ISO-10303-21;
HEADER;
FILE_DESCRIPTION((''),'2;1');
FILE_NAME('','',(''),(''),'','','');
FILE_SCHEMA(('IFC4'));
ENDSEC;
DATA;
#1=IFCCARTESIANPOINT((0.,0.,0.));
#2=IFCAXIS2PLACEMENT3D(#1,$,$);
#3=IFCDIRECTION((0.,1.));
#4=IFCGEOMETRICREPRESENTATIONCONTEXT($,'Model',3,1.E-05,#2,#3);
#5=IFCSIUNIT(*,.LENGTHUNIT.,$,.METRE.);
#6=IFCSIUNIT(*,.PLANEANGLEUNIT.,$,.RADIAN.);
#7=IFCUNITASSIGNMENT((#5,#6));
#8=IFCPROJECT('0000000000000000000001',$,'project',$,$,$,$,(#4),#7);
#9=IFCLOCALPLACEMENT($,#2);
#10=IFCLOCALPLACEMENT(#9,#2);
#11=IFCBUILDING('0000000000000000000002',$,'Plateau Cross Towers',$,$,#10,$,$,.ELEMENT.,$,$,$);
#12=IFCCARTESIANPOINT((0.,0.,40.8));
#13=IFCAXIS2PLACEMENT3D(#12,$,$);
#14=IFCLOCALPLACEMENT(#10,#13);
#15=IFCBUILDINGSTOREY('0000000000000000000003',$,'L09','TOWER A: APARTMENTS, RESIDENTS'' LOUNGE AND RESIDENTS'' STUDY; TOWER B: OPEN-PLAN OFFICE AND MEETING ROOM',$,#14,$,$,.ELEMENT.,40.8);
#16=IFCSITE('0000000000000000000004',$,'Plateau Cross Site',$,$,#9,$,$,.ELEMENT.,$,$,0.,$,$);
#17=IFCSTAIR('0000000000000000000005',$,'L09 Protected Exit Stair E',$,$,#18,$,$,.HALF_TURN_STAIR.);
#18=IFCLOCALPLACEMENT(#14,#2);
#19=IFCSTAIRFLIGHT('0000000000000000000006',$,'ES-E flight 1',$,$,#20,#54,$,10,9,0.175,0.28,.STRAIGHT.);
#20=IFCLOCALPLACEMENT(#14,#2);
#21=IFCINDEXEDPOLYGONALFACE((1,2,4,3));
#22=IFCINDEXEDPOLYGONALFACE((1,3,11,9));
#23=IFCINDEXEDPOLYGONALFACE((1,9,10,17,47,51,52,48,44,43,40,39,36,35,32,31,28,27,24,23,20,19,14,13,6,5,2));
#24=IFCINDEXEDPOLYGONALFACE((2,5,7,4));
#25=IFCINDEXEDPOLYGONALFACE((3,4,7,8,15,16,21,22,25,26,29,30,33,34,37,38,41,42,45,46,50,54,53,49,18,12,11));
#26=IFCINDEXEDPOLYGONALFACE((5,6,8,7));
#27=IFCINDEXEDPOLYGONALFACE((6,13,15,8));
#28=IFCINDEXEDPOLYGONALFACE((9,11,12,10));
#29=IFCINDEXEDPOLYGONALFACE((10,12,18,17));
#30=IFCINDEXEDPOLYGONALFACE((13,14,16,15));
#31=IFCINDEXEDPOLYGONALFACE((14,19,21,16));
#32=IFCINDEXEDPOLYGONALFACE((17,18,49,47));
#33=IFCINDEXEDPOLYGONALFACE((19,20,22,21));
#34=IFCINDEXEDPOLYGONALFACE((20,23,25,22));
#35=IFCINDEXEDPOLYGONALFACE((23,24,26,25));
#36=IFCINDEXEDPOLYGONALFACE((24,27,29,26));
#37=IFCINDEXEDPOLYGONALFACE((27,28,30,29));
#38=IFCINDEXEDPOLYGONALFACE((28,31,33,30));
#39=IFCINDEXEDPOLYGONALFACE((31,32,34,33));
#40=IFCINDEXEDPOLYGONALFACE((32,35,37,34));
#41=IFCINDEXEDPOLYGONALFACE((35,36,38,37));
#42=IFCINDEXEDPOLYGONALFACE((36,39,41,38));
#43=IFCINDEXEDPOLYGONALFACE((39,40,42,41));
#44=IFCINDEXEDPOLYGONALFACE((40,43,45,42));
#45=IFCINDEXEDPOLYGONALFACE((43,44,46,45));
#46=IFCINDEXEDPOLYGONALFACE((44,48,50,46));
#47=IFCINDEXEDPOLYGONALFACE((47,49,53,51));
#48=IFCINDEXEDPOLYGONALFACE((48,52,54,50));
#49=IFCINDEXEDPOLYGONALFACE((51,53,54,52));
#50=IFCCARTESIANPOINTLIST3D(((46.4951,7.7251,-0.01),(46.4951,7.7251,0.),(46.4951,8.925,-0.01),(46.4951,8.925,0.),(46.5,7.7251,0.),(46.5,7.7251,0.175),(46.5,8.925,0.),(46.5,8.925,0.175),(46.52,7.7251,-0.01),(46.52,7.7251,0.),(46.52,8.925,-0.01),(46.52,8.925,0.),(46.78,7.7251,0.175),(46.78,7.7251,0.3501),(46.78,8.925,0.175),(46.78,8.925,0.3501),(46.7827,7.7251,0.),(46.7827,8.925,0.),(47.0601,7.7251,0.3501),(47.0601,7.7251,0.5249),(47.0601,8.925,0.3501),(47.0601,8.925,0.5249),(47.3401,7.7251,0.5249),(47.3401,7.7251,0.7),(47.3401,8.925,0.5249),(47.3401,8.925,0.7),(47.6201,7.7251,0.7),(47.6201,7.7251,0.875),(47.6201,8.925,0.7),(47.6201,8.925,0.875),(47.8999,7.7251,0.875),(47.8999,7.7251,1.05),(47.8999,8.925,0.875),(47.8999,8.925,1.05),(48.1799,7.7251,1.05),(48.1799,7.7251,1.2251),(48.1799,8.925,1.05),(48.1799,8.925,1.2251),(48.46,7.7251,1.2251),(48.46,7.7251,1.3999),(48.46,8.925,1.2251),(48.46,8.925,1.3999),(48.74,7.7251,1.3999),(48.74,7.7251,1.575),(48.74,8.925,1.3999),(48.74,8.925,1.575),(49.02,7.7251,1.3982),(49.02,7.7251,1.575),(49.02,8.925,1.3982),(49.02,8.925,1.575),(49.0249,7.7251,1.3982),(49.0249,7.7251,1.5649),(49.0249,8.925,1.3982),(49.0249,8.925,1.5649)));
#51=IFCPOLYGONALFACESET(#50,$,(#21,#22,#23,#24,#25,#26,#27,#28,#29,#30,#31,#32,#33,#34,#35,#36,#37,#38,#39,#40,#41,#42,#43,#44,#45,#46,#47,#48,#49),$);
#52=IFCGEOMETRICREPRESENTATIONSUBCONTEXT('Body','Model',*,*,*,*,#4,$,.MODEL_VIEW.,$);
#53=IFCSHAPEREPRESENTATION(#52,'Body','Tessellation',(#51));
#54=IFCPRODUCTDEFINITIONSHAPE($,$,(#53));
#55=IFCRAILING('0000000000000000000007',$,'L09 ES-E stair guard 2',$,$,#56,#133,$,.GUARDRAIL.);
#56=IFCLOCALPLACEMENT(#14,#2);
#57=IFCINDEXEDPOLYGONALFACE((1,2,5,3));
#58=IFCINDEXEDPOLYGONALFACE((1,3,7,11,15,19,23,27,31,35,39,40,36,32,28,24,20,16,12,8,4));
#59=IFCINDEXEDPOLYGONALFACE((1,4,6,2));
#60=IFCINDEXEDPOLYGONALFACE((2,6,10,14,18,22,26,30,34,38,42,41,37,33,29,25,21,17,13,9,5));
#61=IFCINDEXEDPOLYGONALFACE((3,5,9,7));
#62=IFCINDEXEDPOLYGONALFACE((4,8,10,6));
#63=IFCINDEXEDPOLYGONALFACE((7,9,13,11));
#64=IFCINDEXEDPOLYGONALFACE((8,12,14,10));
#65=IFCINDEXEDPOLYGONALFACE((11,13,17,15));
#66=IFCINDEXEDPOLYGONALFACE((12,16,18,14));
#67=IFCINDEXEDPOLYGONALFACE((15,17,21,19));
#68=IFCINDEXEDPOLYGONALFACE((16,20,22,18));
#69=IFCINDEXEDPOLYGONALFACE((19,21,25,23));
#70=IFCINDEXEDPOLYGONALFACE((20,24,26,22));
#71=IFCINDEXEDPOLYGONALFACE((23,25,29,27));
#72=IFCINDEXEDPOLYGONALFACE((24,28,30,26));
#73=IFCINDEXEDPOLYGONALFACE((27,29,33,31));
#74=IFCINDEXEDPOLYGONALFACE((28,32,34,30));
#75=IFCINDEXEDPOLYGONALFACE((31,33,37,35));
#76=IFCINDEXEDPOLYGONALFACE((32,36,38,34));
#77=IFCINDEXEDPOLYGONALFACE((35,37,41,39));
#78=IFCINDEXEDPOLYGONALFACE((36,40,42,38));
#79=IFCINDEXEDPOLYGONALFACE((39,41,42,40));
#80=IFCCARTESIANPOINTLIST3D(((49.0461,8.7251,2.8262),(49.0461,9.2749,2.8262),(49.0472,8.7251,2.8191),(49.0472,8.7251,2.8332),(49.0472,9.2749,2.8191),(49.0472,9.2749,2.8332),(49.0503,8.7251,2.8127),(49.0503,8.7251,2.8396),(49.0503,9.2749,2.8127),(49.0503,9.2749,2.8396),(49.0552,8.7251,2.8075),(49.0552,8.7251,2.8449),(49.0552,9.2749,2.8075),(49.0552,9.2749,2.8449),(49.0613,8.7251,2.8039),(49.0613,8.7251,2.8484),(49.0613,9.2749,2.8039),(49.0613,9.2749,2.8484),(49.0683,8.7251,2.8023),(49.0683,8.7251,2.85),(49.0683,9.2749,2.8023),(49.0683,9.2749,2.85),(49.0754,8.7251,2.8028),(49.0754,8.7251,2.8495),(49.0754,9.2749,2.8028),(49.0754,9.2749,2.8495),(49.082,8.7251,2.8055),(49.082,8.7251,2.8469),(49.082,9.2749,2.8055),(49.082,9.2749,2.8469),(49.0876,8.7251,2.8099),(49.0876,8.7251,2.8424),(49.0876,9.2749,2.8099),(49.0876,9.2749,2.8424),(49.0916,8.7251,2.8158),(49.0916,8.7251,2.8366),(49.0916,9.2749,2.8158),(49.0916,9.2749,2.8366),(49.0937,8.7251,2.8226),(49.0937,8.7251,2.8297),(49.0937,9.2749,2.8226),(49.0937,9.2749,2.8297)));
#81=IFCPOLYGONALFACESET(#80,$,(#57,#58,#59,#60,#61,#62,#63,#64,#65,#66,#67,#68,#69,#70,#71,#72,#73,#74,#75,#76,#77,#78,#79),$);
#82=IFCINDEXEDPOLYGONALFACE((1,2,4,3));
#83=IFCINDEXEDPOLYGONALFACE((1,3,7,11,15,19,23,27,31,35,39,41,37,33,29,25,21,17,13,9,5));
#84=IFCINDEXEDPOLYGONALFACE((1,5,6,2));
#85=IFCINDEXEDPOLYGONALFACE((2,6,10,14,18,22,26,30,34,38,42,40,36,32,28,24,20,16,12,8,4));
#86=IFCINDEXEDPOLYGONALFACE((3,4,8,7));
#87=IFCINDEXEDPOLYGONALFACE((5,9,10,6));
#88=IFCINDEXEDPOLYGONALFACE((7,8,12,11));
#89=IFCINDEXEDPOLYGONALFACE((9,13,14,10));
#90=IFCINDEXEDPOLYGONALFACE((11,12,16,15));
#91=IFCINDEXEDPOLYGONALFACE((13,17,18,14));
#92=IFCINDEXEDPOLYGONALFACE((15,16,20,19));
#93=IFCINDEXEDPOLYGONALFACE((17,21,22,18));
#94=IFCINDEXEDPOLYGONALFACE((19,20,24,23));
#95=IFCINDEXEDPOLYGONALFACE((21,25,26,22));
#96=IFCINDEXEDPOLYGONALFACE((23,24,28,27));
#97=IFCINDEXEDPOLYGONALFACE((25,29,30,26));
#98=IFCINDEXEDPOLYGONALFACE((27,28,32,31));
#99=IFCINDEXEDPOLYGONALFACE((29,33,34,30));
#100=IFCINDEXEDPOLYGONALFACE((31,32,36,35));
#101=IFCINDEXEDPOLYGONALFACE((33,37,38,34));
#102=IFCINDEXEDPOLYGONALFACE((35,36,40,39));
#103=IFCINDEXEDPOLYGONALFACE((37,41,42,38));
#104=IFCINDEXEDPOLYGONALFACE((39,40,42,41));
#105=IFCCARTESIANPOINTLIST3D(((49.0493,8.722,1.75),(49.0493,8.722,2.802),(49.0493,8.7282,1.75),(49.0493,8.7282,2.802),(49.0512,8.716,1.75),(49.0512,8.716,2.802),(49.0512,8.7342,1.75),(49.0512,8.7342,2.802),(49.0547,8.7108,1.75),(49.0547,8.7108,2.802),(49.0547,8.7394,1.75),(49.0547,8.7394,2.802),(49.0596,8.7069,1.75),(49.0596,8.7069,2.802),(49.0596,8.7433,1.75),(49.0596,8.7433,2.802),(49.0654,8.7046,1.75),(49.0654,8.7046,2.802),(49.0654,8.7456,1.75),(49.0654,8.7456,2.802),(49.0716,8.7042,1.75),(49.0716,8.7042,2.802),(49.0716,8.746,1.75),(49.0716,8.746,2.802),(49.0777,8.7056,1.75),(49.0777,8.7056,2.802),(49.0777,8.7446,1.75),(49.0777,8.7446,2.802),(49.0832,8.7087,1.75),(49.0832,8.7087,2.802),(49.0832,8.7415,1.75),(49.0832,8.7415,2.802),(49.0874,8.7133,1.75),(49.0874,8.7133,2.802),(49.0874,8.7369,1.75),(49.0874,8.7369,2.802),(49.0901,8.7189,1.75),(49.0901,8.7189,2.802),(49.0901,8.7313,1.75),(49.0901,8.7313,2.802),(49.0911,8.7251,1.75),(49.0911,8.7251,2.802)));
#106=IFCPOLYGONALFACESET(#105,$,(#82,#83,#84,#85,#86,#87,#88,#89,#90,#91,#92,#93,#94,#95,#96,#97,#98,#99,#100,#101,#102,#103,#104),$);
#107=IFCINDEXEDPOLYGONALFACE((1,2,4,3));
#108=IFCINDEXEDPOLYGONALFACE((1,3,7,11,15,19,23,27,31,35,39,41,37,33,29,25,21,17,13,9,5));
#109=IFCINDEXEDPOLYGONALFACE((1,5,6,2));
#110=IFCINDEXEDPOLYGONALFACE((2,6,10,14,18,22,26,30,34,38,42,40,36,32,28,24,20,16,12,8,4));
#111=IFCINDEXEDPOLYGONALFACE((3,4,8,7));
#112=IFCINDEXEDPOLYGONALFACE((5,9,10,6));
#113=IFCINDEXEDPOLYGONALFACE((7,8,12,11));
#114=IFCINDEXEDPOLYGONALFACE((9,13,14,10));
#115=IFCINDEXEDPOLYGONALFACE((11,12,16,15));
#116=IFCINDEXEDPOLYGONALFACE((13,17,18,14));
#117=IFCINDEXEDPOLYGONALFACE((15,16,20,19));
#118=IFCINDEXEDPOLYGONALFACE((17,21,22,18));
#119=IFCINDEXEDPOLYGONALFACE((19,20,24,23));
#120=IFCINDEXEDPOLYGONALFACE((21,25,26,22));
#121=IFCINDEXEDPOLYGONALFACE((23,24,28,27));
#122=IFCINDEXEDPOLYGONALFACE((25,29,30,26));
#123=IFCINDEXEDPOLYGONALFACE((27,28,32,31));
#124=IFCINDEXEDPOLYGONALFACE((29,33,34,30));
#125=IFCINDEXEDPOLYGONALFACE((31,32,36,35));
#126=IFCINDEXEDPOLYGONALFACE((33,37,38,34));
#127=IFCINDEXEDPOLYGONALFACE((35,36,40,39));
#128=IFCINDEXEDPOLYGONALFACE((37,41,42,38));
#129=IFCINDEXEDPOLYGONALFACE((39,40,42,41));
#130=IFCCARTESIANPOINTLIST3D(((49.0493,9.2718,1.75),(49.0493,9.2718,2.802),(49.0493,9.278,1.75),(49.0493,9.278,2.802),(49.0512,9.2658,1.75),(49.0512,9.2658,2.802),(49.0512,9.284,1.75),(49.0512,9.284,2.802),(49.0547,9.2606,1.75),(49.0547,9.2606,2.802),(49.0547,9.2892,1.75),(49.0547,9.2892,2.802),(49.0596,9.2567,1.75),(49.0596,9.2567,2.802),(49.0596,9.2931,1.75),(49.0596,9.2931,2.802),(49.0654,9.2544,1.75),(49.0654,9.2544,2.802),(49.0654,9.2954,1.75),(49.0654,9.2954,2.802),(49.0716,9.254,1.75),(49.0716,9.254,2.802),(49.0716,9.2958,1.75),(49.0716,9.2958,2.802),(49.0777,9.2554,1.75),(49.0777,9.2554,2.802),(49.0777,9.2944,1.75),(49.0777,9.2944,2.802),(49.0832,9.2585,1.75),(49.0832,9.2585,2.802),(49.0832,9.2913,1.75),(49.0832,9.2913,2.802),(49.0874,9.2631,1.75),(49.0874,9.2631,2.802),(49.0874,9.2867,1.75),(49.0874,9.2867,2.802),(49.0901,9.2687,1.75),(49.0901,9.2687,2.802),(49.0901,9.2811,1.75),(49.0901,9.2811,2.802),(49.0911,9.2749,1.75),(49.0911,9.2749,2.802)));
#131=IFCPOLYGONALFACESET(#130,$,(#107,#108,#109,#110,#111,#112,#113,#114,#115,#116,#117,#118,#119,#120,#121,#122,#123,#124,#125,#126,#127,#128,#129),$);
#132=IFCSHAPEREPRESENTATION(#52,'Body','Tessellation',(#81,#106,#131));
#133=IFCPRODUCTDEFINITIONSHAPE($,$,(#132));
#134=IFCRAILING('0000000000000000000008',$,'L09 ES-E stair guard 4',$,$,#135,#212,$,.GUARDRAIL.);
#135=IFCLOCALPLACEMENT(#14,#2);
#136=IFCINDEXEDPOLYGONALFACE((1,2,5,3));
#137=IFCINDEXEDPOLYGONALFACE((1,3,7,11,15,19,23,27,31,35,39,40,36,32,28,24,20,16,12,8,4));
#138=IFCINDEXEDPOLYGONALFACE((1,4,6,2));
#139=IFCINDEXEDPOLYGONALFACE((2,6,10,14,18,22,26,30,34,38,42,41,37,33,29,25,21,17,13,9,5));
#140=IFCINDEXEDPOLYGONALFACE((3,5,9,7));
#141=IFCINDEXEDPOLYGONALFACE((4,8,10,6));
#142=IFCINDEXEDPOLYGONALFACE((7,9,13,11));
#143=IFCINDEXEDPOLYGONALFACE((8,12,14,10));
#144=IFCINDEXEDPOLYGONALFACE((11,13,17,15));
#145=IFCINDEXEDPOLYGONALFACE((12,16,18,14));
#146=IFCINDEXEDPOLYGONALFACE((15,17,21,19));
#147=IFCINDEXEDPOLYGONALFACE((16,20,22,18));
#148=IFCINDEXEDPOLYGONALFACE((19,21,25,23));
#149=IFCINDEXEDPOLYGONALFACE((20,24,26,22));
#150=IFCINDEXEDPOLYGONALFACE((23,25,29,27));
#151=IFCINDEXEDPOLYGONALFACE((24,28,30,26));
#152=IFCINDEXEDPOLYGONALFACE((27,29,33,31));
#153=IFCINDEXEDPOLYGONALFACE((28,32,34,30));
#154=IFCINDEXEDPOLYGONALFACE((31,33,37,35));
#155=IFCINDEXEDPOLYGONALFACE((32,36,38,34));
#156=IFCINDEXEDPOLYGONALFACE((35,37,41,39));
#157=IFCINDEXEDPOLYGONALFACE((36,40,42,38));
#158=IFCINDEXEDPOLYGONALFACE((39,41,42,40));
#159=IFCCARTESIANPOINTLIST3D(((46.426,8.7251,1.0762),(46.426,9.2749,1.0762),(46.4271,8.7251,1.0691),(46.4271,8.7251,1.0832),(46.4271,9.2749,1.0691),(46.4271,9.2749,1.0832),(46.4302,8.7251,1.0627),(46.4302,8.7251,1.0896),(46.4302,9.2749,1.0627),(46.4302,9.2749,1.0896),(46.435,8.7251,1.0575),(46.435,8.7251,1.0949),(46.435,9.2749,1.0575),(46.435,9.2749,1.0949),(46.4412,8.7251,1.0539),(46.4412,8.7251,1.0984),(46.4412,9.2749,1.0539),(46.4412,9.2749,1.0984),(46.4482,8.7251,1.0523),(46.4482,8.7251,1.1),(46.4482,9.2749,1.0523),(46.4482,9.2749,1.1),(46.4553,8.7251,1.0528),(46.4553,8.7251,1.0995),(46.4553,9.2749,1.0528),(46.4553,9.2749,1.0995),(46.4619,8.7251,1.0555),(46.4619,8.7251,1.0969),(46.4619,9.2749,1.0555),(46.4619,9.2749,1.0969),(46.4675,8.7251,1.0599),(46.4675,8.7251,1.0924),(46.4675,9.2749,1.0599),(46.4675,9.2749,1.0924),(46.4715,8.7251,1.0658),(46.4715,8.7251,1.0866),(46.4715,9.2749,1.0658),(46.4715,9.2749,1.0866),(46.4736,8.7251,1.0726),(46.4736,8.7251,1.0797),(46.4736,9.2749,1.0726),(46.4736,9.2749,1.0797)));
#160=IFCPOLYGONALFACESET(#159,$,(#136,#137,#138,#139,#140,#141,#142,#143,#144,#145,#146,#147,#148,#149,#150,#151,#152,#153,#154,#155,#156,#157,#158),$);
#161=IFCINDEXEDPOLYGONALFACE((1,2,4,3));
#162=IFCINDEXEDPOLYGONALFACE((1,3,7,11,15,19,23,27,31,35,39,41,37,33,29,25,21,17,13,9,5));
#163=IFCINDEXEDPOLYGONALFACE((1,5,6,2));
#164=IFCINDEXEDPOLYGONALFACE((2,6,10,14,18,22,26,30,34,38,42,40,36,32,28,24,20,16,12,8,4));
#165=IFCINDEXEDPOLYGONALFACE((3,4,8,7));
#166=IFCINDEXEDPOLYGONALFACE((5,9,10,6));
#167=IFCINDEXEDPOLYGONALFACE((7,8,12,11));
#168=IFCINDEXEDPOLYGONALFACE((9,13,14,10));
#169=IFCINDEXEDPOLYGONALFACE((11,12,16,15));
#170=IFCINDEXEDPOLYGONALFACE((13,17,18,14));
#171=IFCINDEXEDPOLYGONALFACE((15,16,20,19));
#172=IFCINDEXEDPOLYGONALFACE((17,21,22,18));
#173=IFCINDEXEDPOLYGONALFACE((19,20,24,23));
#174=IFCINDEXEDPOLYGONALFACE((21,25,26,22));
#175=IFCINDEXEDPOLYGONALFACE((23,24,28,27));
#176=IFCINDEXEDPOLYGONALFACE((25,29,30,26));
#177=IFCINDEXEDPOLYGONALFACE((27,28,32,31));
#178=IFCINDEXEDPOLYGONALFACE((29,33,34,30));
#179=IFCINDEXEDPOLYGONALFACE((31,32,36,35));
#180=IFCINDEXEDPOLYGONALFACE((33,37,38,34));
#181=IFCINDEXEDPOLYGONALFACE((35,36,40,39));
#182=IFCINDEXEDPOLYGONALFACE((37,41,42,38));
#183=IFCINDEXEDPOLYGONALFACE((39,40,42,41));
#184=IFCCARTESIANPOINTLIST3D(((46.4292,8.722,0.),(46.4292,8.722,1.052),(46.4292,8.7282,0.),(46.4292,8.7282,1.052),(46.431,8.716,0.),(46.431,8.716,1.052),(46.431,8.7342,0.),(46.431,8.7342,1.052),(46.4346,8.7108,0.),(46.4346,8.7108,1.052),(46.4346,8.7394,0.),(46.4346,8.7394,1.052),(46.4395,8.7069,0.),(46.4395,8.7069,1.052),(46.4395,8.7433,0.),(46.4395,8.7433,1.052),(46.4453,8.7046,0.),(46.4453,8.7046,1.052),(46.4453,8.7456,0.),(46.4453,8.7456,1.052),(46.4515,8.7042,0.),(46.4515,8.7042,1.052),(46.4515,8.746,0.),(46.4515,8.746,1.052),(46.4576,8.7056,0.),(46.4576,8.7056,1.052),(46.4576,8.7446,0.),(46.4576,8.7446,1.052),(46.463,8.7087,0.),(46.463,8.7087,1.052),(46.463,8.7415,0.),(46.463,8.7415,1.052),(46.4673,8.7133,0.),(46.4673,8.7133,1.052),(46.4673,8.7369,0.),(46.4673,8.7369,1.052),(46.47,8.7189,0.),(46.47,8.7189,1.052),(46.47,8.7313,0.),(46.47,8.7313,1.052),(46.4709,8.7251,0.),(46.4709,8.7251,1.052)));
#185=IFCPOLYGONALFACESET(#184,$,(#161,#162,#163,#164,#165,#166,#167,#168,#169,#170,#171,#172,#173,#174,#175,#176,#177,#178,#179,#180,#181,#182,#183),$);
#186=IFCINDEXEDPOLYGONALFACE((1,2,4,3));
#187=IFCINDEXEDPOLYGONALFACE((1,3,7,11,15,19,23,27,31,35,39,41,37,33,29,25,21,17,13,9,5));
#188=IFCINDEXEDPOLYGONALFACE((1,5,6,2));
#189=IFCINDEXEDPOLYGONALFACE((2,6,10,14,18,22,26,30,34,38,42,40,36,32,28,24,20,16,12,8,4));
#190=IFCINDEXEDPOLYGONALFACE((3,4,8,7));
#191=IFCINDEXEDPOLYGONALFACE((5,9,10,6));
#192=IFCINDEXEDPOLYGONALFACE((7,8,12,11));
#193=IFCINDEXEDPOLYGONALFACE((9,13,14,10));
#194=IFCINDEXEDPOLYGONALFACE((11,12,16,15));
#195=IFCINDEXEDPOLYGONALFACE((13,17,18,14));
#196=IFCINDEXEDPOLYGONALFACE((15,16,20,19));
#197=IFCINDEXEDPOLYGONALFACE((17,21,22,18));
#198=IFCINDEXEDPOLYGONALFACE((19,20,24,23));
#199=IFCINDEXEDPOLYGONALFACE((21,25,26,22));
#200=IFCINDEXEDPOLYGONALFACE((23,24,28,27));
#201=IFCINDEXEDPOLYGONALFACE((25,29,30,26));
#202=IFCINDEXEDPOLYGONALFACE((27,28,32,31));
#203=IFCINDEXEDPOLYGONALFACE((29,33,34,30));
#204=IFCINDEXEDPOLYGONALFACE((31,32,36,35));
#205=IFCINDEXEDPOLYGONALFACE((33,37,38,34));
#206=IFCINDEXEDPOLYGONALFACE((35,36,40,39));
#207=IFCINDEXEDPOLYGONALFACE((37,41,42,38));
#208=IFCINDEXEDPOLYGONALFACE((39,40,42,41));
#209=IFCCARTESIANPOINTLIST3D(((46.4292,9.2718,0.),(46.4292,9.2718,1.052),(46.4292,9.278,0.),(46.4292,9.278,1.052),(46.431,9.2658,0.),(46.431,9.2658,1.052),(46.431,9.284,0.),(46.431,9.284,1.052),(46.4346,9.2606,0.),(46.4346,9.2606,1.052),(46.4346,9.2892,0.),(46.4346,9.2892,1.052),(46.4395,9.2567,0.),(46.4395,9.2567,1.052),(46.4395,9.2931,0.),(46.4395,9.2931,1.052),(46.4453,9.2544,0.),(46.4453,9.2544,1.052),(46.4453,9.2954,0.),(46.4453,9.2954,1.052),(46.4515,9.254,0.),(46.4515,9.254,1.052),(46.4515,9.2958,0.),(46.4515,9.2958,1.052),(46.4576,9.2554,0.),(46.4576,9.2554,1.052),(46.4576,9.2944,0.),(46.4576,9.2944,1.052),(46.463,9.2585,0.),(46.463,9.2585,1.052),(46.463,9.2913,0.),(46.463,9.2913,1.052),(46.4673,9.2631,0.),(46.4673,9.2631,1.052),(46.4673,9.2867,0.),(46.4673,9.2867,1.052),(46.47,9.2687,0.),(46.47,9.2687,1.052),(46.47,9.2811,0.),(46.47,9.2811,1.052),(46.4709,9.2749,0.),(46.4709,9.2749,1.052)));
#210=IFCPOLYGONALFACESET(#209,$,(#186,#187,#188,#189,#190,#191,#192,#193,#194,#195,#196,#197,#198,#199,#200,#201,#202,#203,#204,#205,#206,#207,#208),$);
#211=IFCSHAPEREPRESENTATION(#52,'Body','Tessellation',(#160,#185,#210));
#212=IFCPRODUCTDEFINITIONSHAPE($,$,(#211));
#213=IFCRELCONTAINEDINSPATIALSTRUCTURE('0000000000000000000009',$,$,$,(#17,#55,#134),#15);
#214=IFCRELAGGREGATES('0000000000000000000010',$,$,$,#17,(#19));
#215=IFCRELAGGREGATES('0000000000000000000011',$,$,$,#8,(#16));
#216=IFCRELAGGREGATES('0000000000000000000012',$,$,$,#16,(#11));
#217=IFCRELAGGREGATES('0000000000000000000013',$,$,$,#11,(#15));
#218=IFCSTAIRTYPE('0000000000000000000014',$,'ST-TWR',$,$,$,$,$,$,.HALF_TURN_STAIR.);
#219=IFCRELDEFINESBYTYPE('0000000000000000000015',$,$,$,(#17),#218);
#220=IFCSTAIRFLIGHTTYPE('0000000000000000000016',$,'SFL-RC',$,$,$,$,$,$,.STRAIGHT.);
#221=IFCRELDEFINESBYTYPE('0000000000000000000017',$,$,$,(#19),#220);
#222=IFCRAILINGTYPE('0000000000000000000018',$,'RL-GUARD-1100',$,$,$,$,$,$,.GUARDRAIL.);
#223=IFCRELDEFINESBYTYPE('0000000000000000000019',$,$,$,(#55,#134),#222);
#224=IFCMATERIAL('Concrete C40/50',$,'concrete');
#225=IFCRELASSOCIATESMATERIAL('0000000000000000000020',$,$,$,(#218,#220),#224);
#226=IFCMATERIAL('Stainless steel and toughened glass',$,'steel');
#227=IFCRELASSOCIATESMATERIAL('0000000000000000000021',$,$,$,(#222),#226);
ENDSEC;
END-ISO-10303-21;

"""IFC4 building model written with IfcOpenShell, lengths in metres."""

from ifc_helpers import new_model, si_unit, direction, frame, origin, origin_2d, place, context, subcontext, project, spatial, polyline, circle, outline, extrude, material, type_object, element, aggregate, save


model = new_model("IFC4")

# Units and contexts
model_context = context("Model", 3, precision=1e-05, world=origin(), true_north=direction((0.0, 1.0)))
body_context = subcontext(model_context, "Body", "Model", "MODEL_VIEW")
ifc_project = project(units=[si_unit("LENGTHUNIT", "METRE"), si_unit("PLANEANGLEUNIT", "RADIAN")], contexts=[model_context])

# Site, building, storey
site_placement = place(None, origin())
site = spatial("IfcSite", under=ifc_project, at=site_placement, Name="Plateau Cross Site", CompositionType="ELEMENT", RefElevation=0.0)
building_placement = place(site_placement, origin())
building = spatial("IfcBuilding", under=site, at=building_placement, Name="Plateau Cross Towers", CompositionType="ELEMENT")
storey_placement = place(building_placement, frame((0.0, 0.0, 40.8)))
storey = spatial("IfcBuildingStorey", under=building, at=storey_placement, Name="L09", Description="TOWER A: APARTMENTS, RESIDENTS' LOUNGE AND RESIDENTS' STUDY; TOWER B: OPEN-PLAN OFFICE AND MEETING ROOM", CompositionType="ELEMENT", Elevation=40.8)

# Stair, stair flight
ifc_material_1 = material(Name="Concrete C40/50", Category="concrete")
stair_type = type_object("IfcStairType", Name="ST-TWR", PredefinedType="HALF_TURN_STAIR", material=ifc_material_1)
stair_placement = place(storey_placement, origin())
stair = element("IfcStair", 1, at=stair_placement, inside=storey, type_object=stair_type, Name="L09 Protected Exit Stair E", PredefinedType="HALF_TURN_STAIR")
stair_flight_type = type_object("IfcStairFlightType", Name="SFL-RC", PredefinedType="STRAIGHT", material=ifc_material_1)
stair_flight_placement = place(storey_placement, frame((46.5, 8.325, 0.0), z_axis=(0.0, 0.0, 1.0), x_axis=(1.0, 0.0, 0.0)))
stair_flight = element("IfcStairFlight", 2, at=stair_flight_placement, type_object=stair_flight_type, Name="ES-E flight 1", NumberOfRisers=10, NumberOfTreads=9, PredefinedType="STRAIGHT", RiserHeight=0.175, TreadLength=0.28, context=body_context, shape_type="SweptSolid", body=[
    extrude(outline(polyline([(-0.0049, -0.01), (-0.0049, 0.0), (0.0, 0.0), (0.0, 0.175), (0.28, 0.175), (0.28, 0.3501), (0.5601, 0.3501), (0.5601, 0.5249), (0.8401, 0.5249), (0.8401, 0.7), (1.1201, 0.7), (1.1201, 0.875), (1.3999, 0.875), (1.3999, 1.05), (1.6799, 1.05), (1.6799, 1.2251), (1.96, 1.2251), (1.96, 1.3999), (2.24, 1.3999), (2.24, 1.575), (2.52, 1.575), (2.5249, 1.5649), (2.5249, 1.3982), (2.52, 1.3982), (0.2827, 0.0), (0.02, 0.0), (0.02, -0.01), (-0.0049, -0.01)])), frame((0.0, 0.6001, 0.0), z_axis=(0.0, -1.0, 0.0), x_axis=(1.0, 0.0, 0.0)), (0.0, 0.0, 1.0), 1.2),
])
aggregate(stair, [stair_flight])

# Railings
ifc_material_2 = material(Name="Stainless steel and toughened glass", Category="steel")
railing_type_1 = type_object("IfcRailingType", Name="RL-GUARD-1100", PredefinedType="GUARDRAIL", material=ifc_material_2)
for number, where, name in (
    (3, (49.0701, 8.7251, 1.75), "L09 ES-E stair guard 2"),
    (4, (46.45, 8.7251, 0.0), "L09 ES-E stair guard 4"),
):
    element("IfcRailing", number, at=place(storey_placement, frame(where)), inside=storey, type_object=railing_type_1, Name=name, PredefinedType="GUARDRAIL", context=body_context, shape_type="SweptSolid", body=[
        extrude(circle(Radius=0.0239, at=origin_2d()), frame((0.0, 0.0, 1.0762), z_axis=(0.0, 1.0, 0.0), x_axis=(-1.0, 0.0, 0.0)), (0.0, 0.0, 1.0), 0.5498),
        extrude(circle(Radius=0.021, at=origin_2d()), origin(), (0.0, 0.0, 1.0), 1.052),
        extrude(circle(Radius=0.021, at=origin_2d()), frame((0.0, 0.5498, 0.0)), (0.0, 0.0, 1.0), 1.052),
    ])

save(model, "model.ifc")
